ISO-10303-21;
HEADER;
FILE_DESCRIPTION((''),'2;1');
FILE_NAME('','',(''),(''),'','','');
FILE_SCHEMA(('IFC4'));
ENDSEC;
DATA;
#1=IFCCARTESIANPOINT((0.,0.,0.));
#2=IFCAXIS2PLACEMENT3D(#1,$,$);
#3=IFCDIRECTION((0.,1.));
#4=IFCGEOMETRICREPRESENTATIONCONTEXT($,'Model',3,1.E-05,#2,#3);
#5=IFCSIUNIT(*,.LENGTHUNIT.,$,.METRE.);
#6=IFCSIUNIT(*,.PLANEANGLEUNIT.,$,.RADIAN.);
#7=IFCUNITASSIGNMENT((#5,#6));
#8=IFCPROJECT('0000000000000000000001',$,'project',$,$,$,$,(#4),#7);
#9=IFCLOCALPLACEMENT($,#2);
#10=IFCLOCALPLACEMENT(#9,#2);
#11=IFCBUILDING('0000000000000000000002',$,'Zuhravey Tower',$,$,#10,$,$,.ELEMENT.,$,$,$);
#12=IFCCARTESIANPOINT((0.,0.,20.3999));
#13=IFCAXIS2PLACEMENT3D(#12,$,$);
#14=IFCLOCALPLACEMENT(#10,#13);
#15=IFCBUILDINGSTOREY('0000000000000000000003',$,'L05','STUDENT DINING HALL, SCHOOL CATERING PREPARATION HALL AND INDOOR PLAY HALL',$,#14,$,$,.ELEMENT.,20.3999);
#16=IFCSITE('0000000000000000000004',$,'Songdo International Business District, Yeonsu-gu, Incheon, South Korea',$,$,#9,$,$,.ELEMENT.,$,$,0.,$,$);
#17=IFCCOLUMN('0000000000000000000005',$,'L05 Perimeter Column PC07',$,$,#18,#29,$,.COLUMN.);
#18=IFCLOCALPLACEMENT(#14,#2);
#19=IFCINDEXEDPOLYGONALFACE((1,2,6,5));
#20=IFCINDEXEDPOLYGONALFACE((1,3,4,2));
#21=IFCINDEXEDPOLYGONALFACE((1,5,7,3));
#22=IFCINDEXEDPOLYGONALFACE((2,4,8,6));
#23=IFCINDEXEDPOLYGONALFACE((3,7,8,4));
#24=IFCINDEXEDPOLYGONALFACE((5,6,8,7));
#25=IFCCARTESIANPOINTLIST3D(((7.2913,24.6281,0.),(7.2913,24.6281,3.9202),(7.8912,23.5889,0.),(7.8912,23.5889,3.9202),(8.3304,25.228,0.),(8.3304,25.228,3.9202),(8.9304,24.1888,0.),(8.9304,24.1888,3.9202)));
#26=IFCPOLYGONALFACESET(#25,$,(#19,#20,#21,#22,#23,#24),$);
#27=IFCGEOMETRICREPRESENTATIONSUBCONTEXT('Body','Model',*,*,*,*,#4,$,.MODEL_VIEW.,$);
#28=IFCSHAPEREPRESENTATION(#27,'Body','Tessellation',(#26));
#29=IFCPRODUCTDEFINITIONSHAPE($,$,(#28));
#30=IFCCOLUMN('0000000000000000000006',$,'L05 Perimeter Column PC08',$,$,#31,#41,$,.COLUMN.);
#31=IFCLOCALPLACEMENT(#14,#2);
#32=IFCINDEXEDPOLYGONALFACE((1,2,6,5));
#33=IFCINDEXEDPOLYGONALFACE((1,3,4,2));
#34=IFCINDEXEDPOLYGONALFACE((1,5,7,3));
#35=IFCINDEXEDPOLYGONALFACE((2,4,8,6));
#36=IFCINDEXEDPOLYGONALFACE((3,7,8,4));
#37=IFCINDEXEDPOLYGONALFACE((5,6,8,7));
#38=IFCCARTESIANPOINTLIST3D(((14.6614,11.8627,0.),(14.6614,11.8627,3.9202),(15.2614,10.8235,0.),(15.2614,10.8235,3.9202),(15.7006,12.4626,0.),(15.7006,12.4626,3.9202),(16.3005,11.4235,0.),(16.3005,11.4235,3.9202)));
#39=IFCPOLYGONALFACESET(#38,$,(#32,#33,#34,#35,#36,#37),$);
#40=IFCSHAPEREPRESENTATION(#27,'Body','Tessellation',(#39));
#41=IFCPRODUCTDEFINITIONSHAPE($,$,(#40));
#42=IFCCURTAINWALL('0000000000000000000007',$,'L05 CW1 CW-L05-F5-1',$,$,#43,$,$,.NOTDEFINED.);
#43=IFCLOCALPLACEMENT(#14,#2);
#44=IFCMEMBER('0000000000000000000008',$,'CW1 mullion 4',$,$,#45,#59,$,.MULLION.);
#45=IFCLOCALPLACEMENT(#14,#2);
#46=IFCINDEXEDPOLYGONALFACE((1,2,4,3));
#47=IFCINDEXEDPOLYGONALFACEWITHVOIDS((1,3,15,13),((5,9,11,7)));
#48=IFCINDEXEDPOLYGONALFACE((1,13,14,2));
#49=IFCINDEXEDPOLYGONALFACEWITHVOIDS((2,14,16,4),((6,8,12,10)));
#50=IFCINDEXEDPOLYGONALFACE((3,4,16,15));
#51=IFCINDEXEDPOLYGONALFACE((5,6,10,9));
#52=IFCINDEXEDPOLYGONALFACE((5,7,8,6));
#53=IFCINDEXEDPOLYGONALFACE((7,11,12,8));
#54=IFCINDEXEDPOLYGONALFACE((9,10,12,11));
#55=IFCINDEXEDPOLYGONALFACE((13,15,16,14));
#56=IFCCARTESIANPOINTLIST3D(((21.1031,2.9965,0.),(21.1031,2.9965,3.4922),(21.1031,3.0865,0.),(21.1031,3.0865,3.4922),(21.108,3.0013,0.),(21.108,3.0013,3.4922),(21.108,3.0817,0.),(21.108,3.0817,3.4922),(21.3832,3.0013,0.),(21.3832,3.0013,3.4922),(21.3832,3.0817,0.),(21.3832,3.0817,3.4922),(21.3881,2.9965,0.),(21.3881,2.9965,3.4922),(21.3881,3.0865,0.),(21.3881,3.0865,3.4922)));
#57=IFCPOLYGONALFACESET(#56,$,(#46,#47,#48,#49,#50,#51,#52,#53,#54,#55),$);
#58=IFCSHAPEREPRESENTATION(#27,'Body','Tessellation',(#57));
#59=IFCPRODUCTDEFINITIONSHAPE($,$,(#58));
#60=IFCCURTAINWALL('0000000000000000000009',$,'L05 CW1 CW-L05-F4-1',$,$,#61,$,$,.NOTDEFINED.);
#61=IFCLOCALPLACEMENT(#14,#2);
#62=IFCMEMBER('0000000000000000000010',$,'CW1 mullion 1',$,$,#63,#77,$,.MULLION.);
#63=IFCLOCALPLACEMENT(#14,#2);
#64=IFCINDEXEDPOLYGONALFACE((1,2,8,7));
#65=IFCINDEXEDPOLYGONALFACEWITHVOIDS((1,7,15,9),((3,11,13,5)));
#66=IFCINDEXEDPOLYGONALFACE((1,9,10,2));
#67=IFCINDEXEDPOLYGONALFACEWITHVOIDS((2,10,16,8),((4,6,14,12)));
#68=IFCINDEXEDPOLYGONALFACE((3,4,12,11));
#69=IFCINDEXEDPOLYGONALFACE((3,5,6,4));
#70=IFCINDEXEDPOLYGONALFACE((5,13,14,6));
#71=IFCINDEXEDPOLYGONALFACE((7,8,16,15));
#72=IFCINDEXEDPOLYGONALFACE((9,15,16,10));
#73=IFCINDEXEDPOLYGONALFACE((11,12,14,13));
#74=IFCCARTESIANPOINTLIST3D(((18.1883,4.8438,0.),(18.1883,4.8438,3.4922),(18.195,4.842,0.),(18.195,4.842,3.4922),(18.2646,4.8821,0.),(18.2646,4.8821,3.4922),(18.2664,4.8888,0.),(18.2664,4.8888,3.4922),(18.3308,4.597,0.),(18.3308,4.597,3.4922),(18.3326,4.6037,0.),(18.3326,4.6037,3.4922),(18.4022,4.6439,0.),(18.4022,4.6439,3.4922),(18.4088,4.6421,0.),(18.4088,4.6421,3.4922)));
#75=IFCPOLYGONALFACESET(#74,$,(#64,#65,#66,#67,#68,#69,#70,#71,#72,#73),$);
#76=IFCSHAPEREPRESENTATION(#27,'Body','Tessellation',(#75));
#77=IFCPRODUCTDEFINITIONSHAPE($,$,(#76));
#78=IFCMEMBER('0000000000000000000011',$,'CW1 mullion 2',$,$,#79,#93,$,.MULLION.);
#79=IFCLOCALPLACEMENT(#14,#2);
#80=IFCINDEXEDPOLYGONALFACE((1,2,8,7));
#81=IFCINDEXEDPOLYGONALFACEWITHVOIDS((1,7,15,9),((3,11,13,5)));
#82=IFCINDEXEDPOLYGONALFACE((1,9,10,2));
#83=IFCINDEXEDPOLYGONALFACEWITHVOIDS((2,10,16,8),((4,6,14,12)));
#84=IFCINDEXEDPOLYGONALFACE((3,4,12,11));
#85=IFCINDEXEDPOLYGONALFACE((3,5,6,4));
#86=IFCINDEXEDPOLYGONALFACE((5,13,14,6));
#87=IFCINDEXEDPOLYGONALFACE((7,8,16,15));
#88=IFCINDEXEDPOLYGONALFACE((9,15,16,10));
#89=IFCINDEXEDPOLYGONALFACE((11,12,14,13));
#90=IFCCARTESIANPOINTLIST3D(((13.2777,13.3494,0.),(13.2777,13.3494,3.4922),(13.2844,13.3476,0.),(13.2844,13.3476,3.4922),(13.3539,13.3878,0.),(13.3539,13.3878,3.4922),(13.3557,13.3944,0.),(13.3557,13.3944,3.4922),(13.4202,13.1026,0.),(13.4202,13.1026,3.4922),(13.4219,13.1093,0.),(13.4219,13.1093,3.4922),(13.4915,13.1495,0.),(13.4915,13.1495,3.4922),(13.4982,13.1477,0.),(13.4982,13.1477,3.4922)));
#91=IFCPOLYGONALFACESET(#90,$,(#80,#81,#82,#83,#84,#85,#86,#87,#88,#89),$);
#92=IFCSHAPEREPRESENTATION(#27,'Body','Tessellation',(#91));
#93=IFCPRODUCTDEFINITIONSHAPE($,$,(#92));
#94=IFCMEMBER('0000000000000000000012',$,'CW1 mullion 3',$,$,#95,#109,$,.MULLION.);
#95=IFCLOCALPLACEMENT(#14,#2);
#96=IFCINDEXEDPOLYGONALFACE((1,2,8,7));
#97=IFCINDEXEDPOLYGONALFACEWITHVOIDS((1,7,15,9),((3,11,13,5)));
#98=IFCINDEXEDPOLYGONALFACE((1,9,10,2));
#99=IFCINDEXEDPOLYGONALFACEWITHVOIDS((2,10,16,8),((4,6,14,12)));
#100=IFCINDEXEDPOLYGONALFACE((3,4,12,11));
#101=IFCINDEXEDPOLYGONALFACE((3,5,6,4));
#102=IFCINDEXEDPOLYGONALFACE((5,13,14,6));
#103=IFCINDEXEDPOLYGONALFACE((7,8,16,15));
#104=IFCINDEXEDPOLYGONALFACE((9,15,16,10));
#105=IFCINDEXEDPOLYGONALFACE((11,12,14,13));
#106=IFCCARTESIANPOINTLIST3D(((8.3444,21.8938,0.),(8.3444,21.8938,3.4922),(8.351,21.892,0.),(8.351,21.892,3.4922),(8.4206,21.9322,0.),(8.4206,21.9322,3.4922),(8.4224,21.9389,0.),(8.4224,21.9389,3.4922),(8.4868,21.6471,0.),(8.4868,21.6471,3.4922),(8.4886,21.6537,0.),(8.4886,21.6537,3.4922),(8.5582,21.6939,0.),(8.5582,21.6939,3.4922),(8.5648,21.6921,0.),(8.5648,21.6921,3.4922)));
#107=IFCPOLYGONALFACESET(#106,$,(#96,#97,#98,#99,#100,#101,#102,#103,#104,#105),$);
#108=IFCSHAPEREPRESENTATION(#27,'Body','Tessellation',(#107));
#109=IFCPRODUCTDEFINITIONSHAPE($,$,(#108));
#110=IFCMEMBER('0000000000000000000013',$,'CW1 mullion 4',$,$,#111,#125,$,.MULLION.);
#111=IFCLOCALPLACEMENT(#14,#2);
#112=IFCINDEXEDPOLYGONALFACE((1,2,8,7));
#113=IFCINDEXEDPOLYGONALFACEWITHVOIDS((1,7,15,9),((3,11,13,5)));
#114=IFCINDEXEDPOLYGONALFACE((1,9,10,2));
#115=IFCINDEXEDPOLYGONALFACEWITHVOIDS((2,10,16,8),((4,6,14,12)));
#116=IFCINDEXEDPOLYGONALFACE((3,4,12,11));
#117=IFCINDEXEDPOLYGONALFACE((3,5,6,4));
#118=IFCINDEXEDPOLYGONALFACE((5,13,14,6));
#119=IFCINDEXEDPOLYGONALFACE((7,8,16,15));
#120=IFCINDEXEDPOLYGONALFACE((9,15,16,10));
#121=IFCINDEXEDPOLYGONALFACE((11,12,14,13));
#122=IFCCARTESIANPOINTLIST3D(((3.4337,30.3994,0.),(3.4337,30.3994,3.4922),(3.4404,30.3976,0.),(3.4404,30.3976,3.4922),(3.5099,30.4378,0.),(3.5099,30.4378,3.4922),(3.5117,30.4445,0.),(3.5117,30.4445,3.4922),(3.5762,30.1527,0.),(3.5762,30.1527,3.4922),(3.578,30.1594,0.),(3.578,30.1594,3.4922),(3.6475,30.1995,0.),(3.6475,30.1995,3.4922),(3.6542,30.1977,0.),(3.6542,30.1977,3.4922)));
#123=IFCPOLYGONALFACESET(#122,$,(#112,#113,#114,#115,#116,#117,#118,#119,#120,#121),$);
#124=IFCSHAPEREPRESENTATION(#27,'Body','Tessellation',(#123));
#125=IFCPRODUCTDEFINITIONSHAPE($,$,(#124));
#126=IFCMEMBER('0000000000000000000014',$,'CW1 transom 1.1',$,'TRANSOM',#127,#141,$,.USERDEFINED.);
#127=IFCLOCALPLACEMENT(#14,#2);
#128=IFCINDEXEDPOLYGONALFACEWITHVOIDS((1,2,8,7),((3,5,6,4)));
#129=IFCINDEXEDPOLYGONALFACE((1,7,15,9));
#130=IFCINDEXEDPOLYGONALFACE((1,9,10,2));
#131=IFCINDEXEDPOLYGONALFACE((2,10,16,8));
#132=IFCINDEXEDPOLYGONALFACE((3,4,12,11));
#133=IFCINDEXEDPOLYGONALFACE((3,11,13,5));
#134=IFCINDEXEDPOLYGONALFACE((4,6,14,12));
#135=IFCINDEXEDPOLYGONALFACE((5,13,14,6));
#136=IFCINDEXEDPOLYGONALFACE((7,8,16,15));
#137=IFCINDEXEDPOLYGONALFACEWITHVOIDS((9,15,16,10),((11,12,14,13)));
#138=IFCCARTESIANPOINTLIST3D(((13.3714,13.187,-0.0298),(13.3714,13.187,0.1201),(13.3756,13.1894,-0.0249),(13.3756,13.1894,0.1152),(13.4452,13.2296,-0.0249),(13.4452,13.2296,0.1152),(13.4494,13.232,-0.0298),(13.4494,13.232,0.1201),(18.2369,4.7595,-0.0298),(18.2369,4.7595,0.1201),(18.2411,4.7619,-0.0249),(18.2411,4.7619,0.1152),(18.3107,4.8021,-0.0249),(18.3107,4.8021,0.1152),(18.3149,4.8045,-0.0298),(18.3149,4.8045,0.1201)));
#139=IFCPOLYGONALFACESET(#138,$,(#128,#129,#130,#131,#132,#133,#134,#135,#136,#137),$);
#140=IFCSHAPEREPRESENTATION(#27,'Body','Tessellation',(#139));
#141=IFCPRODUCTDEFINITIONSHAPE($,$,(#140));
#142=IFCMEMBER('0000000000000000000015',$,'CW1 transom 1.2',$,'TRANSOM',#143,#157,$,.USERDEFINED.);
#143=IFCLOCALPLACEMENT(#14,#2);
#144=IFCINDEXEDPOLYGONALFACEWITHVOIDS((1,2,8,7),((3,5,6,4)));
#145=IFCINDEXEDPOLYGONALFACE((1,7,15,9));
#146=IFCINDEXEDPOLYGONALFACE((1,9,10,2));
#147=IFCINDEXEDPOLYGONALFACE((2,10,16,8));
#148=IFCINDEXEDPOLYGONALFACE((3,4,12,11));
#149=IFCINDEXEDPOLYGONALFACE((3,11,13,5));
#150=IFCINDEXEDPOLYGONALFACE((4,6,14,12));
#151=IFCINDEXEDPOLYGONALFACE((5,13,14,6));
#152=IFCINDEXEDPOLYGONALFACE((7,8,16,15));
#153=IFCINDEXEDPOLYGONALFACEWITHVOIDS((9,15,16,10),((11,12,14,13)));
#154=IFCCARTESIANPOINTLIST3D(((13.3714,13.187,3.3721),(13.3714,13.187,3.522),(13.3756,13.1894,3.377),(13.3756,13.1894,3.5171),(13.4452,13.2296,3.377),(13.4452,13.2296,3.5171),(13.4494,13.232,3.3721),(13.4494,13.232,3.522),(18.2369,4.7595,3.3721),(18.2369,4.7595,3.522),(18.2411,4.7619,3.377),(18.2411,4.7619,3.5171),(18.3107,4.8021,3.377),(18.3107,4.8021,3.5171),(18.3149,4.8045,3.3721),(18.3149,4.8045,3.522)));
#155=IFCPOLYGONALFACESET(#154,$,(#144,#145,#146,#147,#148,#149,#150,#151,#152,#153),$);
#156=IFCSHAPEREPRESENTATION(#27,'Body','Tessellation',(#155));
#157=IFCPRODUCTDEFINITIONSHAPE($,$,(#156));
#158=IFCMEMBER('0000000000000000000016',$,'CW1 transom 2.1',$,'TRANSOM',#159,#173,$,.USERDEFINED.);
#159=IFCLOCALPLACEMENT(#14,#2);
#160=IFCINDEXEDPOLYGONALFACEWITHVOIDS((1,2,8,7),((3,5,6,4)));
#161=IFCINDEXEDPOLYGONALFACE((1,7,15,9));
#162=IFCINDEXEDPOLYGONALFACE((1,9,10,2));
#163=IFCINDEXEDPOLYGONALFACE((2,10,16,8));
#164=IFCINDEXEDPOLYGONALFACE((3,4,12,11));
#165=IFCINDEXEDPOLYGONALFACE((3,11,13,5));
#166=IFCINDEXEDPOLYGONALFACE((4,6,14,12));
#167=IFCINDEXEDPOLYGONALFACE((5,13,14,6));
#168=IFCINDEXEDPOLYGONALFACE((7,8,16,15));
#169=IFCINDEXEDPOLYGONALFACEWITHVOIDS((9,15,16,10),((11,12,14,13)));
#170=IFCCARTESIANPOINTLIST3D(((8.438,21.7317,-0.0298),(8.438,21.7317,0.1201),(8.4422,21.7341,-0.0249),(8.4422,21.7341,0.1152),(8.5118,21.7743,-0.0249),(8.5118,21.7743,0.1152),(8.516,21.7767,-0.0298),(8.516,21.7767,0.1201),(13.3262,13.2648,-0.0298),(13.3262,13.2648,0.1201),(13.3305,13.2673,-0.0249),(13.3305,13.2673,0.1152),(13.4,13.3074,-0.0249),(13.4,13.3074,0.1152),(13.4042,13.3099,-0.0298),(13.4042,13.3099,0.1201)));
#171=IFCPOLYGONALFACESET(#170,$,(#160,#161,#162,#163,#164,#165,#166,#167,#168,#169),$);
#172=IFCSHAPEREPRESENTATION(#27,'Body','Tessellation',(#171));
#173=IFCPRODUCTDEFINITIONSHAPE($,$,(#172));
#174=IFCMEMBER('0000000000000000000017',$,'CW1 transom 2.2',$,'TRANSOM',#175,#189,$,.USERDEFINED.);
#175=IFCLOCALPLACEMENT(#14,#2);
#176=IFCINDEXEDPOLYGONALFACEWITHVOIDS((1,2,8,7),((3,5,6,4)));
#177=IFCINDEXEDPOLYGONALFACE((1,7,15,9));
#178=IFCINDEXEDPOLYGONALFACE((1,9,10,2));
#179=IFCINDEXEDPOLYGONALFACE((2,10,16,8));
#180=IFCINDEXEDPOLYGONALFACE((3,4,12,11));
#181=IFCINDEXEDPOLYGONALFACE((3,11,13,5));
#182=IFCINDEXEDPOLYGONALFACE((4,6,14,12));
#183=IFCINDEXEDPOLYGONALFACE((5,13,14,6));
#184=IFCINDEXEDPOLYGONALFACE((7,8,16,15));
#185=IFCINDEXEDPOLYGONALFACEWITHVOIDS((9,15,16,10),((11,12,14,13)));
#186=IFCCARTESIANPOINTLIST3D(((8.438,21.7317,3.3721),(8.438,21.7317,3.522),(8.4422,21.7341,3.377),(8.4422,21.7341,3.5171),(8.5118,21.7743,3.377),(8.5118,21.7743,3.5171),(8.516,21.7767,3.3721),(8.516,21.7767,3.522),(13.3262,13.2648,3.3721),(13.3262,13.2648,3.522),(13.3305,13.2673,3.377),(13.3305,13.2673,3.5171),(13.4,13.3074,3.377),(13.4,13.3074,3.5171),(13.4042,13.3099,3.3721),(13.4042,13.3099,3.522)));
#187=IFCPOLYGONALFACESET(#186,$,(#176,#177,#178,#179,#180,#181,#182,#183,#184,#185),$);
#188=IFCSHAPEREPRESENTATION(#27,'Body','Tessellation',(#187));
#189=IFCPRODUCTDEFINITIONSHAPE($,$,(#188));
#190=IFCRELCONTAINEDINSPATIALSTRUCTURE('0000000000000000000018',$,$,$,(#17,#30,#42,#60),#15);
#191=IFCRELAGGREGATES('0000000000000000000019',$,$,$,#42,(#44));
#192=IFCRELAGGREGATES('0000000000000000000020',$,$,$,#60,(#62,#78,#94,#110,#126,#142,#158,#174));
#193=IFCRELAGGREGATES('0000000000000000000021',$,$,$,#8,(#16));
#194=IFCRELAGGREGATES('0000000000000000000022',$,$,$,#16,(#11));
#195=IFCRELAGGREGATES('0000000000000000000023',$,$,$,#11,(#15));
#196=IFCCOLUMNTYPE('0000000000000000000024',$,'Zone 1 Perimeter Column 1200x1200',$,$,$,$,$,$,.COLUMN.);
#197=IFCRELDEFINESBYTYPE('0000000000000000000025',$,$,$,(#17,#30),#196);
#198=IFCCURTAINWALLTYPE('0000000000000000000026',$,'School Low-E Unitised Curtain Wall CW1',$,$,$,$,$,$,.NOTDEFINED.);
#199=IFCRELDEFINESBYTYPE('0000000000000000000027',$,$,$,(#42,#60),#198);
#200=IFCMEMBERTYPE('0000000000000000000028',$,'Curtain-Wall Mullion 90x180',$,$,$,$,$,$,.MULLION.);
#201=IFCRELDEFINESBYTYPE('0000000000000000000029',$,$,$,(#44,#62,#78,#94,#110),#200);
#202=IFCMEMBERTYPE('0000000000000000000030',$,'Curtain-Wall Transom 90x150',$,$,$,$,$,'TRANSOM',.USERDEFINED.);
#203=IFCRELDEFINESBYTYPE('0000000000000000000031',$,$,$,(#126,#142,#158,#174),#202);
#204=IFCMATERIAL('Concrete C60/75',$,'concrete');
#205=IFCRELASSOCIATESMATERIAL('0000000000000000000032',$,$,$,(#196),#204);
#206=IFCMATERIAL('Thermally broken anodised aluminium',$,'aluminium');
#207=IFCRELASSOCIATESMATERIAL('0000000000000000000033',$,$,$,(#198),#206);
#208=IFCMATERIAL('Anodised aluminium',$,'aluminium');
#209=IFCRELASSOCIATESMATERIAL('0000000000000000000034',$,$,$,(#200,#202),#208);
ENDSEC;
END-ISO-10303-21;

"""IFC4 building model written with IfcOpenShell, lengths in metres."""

from ifc_helpers import new_model, si_unit, direction, frame, origin, origin_2d, place, context, subcontext, project, spatial, rectangle, hollow_rectangle, extrude, material, material_profile, profile_set, type_object, element, aggregate, save


model = new_model("IFC4")

# Units and contexts
model_context = context("Model", 3, precision=1e-05, world=origin(), true_north=direction((0.0, 1.0)))
body_context = subcontext(model_context, "Body", "Model", "MODEL_VIEW")
ifc_project = project(units=[si_unit("LENGTHUNIT", "METRE"), si_unit("PLANEANGLEUNIT", "RADIAN")], contexts=[model_context])

# Site, building, storey
site_placement = place(None, origin())
site = spatial("IfcSite", under=ifc_project, at=site_placement, Name="Songdo International Business District, Yeonsu-gu, Incheon, South Korea", CompositionType="ELEMENT", RefElevation=0.0)
building_placement = place(site_placement, origin())
building = spatial("IfcBuilding", under=site, at=building_placement, Name="Zuhravey Tower", CompositionType="ELEMENT")
storey_placement = place(building_placement, frame((0.0, 0.0, 20.3999)))
storey = spatial("IfcBuildingStorey", under=building, at=storey_placement, Name="L05", Description="STUDENT DINING HALL, SCHOOL CATERING PREPARATION HALL AND INDOOR PLAY HALL", CompositionType="ELEMENT", Elevation=20.3999)

# Columns
ifc_material_1 = material(Name="Concrete C60/75", Category="concrete")
ifc_material_profile_1 = material_profile(ifc_material_1, rectangle(XDim=1.2, YDim=1.2, at=origin_2d()), Name="RC-1200x1200")
ifc_profile_set_1 = profile_set([ifc_material_profile_1], Name="Concrete C60/75")
column_type = type_object("IfcColumnType", Name="Zone 1 Perimeter Column 1200x1200", PredefinedType="COLUMN", material=ifc_profile_set_1)
for number, where, z_axis, x_axis, name in (
    (1, (8.1108, 24.4084, 0.0), (0.0, 0.0, 1.0), (0.5, -0.866025, 0.0), "L05 Perimeter Column PC07"),
    (2, (15.481, 11.6431, 0.0), (0.0, 0.0, 1.0), (0.5, -0.866025, 0.0), "L05 Perimeter Column PC08"),
):
    element("IfcColumn", number, at=place(storey_placement, frame(where, z_axis=z_axis, x_axis=x_axis)), inside=storey, type_object=column_type, Name=name, PredefinedType="COLUMN", context=body_context, shape_type="SweptSolid", body=[
        extrude(rectangle(XDim=1.2, YDim=1.2, at=origin_2d()), origin(), (0.0, 0.0, 1.0), 3.9202),
    ])

# Curtain wall, member
ifc_material_2 = material(Name="Thermally broken anodised aluminium", Category="aluminium")
curtain_wall_type = type_object("IfcCurtainWallType", Name="School Low-E Unitised Curtain Wall CW1", PredefinedType="NOTDEFINED", material=ifc_material_2)
curtain_wall_1_placement = place(storey_placement, origin())
curtain_wall_1 = element("IfcCurtainWall", 3, at=curtain_wall_1_placement, inside=storey, type_object=curtain_wall_type, Name="L05 CW1 CW-L05-F5-1", PredefinedType="NOTDEFINED")
ifc_material_3 = material(Name="Anodised aluminium", Category="aluminium")
ifc_material_profile_2 = material_profile(ifc_material_3, hollow_rectangle(XDim=0.0901, YDim=0.2849, WallThickness=0.0049, at=origin_2d()), Name="ALU-RHS-90x285x5")
ifc_profile_set_2 = profile_set([ifc_material_profile_2], Name="Anodised aluminium")
member_type_1 = type_object("IfcMemberType", Name="Curtain-Wall Mullion 90x180", PredefinedType="MULLION", material=ifc_profile_set_2)
member_1_placement = place(storey_placement, frame((21.2456, 3.0415, 0.0), z_axis=(0.0, 0.0, 1.0), x_axis=(0.0, -1.0, 0.0)))
member_1 = element("IfcMember", 4, at=member_1_placement, type_object=member_type_1, Name="CW1 mullion 4", PredefinedType="MULLION", context=body_context, shape_type="SweptSolid", body=[
    extrude(hollow_rectangle(XDim=0.0901, YDim=0.2849, WallThickness=0.0049, at=origin_2d()), origin(), (0.0, 0.0, 1.0), 3.4922),
])
aggregate(curtain_wall_1, [member_1])

# Curtain wall, members
curtain_wall_2_placement = place(storey_placement, origin())
curtain_wall_2 = element("IfcCurtainWall", 5, at=curtain_wall_2_placement, inside=storey, type_object=curtain_wall_type, Name="L05 CW1 CW-L05-F4-1", PredefinedType="NOTDEFINED")
member_2_placement = place(storey_placement, frame((18.2986, 4.7429, 0.0), z_axis=(0.0, 0.0, 1.0), x_axis=(-0.866026, -0.5, 0.0)))
member_2 = element("IfcMember", 6, at=member_2_placement, type_object=member_type_1, Name="CW1 mullion 1", PredefinedType="MULLION", context=body_context, shape_type="SweptSolid", body=[
    extrude(hollow_rectangle(XDim=0.0901, YDim=0.2849, WallThickness=0.0049, at=origin_2d()), origin(), (0.0, 0.0, 1.0), 3.4922),
])
member_3_placement = place(storey_placement, frame((13.3879, 13.2485, 0.0), z_axis=(0.0, 0.0, 1.0), x_axis=(-0.866026, -0.5, 0.0)))
member_3 = element("IfcMember", 7, at=member_3_placement, type_object=member_type_1, Name="CW1 mullion 2", PredefinedType="MULLION", context=body_context, shape_type="SweptSolid", body=[
    extrude(hollow_rectangle(XDim=0.0901, YDim=0.2849, WallThickness=0.0049, at=origin_2d()), origin(), (0.0, 0.0, 1.0), 3.4922),
])
member_4_placement = place(storey_placement, frame((8.4546, 21.793, 0.0), z_axis=(0.0, 0.0, 1.0), x_axis=(-0.866026, -0.5, 0.0)))
member_4 = element("IfcMember", 8, at=member_4_placement, type_object=member_type_1, Name="CW1 mullion 3", PredefinedType="MULLION", context=body_context, shape_type="SweptSolid", body=[
    extrude(hollow_rectangle(XDim=0.0901, YDim=0.2849, WallThickness=0.0049, at=origin_2d()), origin(), (0.0, 0.0, 1.0), 3.4922),
])
member_5_placement = place(storey_placement, frame((3.5439, 30.2986, 0.0), z_axis=(0.0, 0.0, 1.0), x_axis=(-0.866026, -0.5, 0.0)))
member_5 = element("IfcMember", 9, at=member_5_placement, type_object=member_type_1, Name="CW1 mullion 4", PredefinedType="MULLION", context=body_context, shape_type="SweptSolid", body=[
    extrude(hollow_rectangle(XDim=0.0901, YDim=0.2849, WallThickness=0.0049, at=origin_2d()), origin(), (0.0, 0.0, 1.0), 3.4922),
])
ifc_material_profile_3 = material_profile(ifc_material_3, hollow_rectangle(XDim=0.0901, YDim=0.1499, WallThickness=0.0049, at=origin_2d()), Name="ALU-RHS-90x150x5")
ifc_profile_set_3 = profile_set([ifc_material_profile_3], Name="Anodised aluminium")
member_type_2 = type_object("IfcMemberType", Name="Curtain-Wall Transom 90x150", ElementType="TRANSOM", PredefinedType="USERDEFINED", material=ifc_profile_set_3)
member_6_placement = place(storey_placement, frame((18.2759, 4.782, 0.0452), z_axis=(-0.49999, 0.866031, 0.0), x_axis=(-0.866031, -0.49999, 0.0)))
member_6 = element("IfcMember", 10, at=member_6_placement, type_object=member_type_2, Name="CW1 transom 1.1", ObjectType="TRANSOM", PredefinedType="USERDEFINED", context=body_context, shape_type="SweptSolid", body=[
    extrude(hollow_rectangle(XDim=0.0901, YDim=0.1499, WallThickness=0.0049, at=origin_2d()), origin(), (0.0, 0.0, 1.0), 9.7312),
])
member_7_placement = place(storey_placement, frame((18.2759, 4.782, 3.447), z_axis=(-0.49999, 0.866031, 0.0), x_axis=(-0.866031, -0.49999, 0.0)))
member_7 = element("IfcMember", 11, at=member_7_placement, type_object=member_type_2, Name="CW1 transom 1.2", ObjectType="TRANSOM", PredefinedType="USERDEFINED", context=body_context, shape_type="SweptSolid", body=[
    extrude(hollow_rectangle(XDim=0.0901, YDim=0.1499, WallThickness=0.0049, at=origin_2d()), origin(), (0.0, 0.0, 1.0), 9.7312),
])
member_8_placement = place(storey_placement, frame((13.3652, 13.2874, 0.0452), z_axis=(-0.49999, 0.866031, 0.0), x_axis=(-0.866031, -0.49999, 0.0)))
member_8 = element("IfcMember", 12, at=member_8_placement, type_object=member_type_2, Name="CW1 transom 2.1", ObjectType="TRANSOM", PredefinedType="USERDEFINED", context=body_context, shape_type="SweptSolid", body=[
    extrude(hollow_rectangle(XDim=0.0901, YDim=0.1499, WallThickness=0.0049, at=origin_2d()), origin(), (0.0, 0.0, 1.0), 9.7766),
])
member_9_placement = place(storey_placement, frame((13.3652, 13.2874, 3.447), z_axis=(-0.49999, 0.866031, 0.0), x_axis=(-0.866031, -0.49999, 0.0)))
member_9 = element("IfcMember", 13, at=member_9_placement, type_object=member_type_2, Name="CW1 transom 2.2", ObjectType="TRANSOM", PredefinedType="USERDEFINED", context=body_context, shape_type="SweptSolid", body=[
    extrude(hollow_rectangle(XDim=0.0901, YDim=0.1499, WallThickness=0.0049, at=origin_2d()), origin(), (0.0, 0.0, 1.0), 9.7766),
])

aggregate(curtain_wall_2, [member_2, member_3, member_4, member_5, member_6, member_7, member_8, member_9])

save(model, "model.ifc")
